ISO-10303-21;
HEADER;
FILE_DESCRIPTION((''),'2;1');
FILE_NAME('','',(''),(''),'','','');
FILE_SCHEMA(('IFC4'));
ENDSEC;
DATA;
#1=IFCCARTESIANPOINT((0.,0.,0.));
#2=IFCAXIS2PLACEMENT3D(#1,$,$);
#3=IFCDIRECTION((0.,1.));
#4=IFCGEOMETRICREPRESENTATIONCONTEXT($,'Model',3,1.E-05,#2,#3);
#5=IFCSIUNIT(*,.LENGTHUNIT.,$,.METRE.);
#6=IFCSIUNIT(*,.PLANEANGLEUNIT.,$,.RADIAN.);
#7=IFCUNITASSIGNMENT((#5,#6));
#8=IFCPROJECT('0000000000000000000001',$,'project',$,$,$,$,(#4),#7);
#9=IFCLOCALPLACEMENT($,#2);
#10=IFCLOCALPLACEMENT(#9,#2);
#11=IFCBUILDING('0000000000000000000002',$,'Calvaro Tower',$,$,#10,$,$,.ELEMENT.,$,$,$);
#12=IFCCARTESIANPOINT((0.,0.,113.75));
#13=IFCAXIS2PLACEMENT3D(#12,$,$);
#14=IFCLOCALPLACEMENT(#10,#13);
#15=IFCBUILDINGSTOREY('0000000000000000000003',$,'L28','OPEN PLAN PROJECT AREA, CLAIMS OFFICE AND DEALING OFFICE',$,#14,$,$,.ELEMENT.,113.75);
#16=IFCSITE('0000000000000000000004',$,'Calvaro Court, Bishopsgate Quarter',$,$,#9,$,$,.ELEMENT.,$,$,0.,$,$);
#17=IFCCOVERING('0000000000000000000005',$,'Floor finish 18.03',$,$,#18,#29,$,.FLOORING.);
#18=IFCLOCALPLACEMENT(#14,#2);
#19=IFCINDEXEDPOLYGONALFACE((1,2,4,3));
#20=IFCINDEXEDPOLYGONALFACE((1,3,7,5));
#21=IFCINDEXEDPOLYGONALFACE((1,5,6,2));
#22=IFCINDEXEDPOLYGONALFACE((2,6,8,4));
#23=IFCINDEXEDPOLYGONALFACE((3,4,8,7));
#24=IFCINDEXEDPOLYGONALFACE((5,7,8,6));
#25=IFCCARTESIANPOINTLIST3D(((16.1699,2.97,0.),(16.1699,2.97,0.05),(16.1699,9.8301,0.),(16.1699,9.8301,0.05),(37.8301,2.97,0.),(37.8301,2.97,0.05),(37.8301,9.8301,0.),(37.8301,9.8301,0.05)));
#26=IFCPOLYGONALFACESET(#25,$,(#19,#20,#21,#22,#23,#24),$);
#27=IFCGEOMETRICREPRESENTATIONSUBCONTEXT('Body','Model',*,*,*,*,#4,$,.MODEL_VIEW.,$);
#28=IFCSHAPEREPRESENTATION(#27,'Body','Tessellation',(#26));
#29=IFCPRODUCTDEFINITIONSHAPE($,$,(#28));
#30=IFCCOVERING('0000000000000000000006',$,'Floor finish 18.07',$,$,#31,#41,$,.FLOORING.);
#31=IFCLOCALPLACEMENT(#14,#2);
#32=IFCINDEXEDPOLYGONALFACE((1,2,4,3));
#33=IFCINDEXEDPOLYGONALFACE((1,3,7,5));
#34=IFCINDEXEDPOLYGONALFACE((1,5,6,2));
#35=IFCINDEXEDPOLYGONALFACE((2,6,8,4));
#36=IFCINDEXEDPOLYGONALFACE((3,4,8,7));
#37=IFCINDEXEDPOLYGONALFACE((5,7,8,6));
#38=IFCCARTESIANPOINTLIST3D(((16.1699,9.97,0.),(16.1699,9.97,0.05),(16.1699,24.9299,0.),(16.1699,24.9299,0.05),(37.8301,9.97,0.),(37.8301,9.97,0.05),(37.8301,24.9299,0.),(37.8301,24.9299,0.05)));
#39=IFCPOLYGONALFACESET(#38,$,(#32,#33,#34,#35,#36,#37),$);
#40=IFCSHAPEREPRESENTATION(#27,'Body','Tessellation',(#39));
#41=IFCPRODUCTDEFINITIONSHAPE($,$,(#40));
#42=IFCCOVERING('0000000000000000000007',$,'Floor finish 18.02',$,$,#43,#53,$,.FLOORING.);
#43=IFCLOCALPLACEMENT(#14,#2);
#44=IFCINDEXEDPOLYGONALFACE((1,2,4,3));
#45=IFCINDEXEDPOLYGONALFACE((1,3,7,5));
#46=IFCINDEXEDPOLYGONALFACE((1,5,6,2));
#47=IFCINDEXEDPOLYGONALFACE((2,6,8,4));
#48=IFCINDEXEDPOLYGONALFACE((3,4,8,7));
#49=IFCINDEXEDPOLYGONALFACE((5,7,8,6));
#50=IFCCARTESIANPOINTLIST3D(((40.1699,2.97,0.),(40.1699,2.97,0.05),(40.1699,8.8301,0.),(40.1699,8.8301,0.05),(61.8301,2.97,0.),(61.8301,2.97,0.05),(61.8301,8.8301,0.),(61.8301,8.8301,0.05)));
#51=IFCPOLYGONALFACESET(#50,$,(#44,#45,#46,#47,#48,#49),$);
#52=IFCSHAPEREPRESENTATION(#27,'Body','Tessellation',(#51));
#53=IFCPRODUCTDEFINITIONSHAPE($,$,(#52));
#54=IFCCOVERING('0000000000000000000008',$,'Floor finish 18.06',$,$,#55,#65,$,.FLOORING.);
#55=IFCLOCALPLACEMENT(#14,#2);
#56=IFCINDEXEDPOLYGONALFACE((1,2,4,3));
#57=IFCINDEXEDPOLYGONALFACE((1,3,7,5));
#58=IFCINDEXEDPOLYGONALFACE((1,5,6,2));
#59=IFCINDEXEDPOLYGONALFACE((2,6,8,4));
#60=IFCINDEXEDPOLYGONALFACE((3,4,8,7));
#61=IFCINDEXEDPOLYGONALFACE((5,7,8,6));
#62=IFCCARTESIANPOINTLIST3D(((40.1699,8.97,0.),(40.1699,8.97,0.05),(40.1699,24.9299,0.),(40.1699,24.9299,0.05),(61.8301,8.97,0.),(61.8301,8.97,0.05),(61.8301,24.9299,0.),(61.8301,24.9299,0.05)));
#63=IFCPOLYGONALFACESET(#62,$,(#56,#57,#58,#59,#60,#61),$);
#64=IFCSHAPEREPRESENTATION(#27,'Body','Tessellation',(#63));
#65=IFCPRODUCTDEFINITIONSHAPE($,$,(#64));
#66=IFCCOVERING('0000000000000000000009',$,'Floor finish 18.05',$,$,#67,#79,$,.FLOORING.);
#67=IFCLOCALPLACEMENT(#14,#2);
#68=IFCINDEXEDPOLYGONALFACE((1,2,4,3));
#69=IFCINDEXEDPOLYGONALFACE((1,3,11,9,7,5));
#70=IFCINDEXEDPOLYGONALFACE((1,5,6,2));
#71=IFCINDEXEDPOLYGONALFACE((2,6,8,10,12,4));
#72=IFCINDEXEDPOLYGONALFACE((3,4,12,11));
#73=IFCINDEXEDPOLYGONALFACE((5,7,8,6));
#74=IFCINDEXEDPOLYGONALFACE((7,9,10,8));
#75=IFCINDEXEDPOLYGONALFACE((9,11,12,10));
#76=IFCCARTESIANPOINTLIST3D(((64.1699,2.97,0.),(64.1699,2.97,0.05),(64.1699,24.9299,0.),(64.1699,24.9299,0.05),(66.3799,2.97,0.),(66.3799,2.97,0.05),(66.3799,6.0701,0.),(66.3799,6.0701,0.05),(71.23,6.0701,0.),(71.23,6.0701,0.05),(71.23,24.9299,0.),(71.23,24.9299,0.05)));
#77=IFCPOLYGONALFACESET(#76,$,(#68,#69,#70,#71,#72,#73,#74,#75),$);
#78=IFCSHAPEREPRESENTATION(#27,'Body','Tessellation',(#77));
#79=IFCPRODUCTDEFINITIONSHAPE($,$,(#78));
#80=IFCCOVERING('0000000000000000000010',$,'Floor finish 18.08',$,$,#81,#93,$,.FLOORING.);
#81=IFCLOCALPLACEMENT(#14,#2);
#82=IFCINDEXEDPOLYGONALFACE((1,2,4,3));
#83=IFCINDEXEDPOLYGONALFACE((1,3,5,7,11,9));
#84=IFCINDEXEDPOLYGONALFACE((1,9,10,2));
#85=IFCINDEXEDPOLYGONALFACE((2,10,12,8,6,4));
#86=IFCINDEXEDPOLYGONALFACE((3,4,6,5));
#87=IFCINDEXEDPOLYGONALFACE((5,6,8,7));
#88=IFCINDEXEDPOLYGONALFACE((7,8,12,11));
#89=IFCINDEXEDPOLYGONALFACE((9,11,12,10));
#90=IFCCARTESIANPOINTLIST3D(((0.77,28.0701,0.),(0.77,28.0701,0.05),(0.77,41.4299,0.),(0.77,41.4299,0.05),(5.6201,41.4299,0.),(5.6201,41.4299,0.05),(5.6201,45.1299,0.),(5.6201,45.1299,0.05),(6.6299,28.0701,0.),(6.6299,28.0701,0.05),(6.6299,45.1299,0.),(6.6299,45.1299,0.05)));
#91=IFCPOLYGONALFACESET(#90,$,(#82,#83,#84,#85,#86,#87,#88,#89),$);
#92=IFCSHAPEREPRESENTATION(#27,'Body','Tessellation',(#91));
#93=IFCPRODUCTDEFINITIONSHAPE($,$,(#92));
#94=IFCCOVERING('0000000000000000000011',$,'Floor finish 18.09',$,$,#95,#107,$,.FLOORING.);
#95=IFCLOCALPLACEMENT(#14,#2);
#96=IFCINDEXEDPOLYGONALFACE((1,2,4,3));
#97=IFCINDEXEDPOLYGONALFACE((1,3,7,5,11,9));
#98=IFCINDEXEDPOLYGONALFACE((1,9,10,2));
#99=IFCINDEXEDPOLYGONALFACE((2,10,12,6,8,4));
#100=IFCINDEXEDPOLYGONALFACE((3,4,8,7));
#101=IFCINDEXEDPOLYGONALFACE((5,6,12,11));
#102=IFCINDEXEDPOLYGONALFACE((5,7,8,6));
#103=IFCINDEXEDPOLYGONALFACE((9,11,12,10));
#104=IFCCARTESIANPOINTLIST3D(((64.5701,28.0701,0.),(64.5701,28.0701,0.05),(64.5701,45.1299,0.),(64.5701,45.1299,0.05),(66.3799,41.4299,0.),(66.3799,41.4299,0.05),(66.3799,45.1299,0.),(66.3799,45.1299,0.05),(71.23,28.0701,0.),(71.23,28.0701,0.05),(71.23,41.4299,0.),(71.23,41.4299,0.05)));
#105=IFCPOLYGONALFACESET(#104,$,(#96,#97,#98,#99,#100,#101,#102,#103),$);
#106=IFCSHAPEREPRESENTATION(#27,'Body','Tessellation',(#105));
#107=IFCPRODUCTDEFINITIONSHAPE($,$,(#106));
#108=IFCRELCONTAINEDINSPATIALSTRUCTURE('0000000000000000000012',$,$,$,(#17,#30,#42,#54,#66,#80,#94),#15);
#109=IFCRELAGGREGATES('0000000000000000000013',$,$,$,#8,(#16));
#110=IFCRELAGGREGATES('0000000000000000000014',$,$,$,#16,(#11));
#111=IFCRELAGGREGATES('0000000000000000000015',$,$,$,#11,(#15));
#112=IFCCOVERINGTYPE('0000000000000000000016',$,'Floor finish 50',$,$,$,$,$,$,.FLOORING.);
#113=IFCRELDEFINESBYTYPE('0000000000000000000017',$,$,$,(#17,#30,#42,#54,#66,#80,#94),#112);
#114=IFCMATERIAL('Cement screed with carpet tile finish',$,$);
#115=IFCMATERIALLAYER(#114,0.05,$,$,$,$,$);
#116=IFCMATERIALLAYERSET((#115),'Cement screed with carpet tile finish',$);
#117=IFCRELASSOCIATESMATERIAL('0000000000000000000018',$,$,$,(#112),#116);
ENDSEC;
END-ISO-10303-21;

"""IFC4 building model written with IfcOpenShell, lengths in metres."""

from ifc_helpers import new_model, si_unit, direction, frame, origin, place, context, subcontext, project, spatial, polyline, outline, extrude, material, layer, layer_set, type_object, element, save


model = new_model("IFC4")

# Units and contexts
model_context = context("Model", 3, precision=1e-05, world=origin(), true_north=direction((0.0, 1.0)))
body_context = subcontext(model_context, "Body", "Model", "MODEL_VIEW")
ifc_project = project(units=[si_unit("LENGTHUNIT", "METRE"), si_unit("PLANEANGLEUNIT", "RADIAN")], contexts=[model_context])

# Site, building, storey
site_placement = place(None, origin())
site = spatial("IfcSite", under=ifc_project, at=site_placement, Name="Calvaro Court, Bishopsgate Quarter", CompositionType="ELEMENT", RefElevation=0.0)
building_placement = place(site_placement, origin())
building = spatial("IfcBuilding", under=site, at=building_placement, Name="Calvaro Tower", CompositionType="ELEMENT")
storey_placement = place(building_placement, frame((0.0, 0.0, 113.75)))
storey = spatial("IfcBuildingStorey", under=building, at=storey_placement, Name="L28", Description="OPEN PLAN PROJECT AREA, CLAIMS OFFICE AND DEALING OFFICE", CompositionType="ELEMENT", Elevation=113.75)

# Coverings
ifc_material_1 = material(Name="Cement screed with carpet tile finish")
ifc_layer_1 = layer(ifc_material_1, 0.05)
ifc_layer_set_1 = layer_set([ifc_layer_1], Name="Cement screed with carpet tile finish")
covering_type = type_object("IfcCoveringType", Name="Floor finish 50", PredefinedType="FLOORING", material=ifc_layer_set_1)
covering_1_placement = place(storey_placement, origin())
element("IfcCovering", 1, at=covering_1_placement, inside=storey, type_object=covering_type, Name="Floor finish 18.03", PredefinedType="FLOORING", context=body_context, shape_type="SweptSolid", body=[
    extrude(outline(polyline([(16.1699, 9.8301), (37.8301, 9.8301), (37.8301, 2.97), (16.1699, 2.97), (16.1699, 9.8301)])), origin(), (0.0, 0.0, 1.0), 0.05),
])
covering_2_placement = place(storey_placement, origin())
element("IfcCovering", 2, at=covering_2_placement, inside=storey, type_object=covering_type, Name="Floor finish 18.07", PredefinedType="FLOORING", context=body_context, shape_type="SweptSolid", body=[
    extrude(outline(polyline([(16.1699, 9.97), (16.1699, 24.9299), (37.8301, 24.9299), (37.8301, 9.97), (16.1699, 9.97)])), origin(), (0.0, 0.0, 1.0), 0.05),
])
covering_3_placement = place(storey_placement, origin())
element("IfcCovering", 3, at=covering_3_placement, inside=storey, type_object=covering_type, Name="Floor finish 18.02", PredefinedType="FLOORING", context=body_context, shape_type="SweptSolid", body=[
    extrude(outline(polyline([(40.1699, 8.8301), (61.8301, 8.8301), (61.8301, 2.97), (40.1699, 2.97), (40.1699, 8.8301)])), origin(), (0.0, 0.0, 1.0), 0.05),
])
covering_4_placement = place(storey_placement, origin())
element("IfcCovering", 4, at=covering_4_placement, inside=storey, type_object=covering_type, Name="Floor finish 18.06", PredefinedType="FLOORING", context=body_context, shape_type="SweptSolid", body=[
    extrude(outline(polyline([(40.1699, 8.97), (40.1699, 24.9299), (61.8301, 24.9299), (61.8301, 8.97), (40.1699, 8.97)])), origin(), (0.0, 0.0, 1.0), 0.05),
])
covering_5_placement = place(storey_placement, origin())
element("IfcCovering", 5, at=covering_5_placement, inside=storey, type_object=covering_type, Name="Floor finish 18.05", PredefinedType="FLOORING", context=body_context, shape_type="SweptSolid", body=[
    extrude(outline(polyline([(71.23, 6.0701), (66.3799, 6.0701), (66.3799, 2.97), (64.1699, 2.97), (64.1699, 24.9299), (71.23, 24.9299), (71.23, 6.0701)])), origin(), (0.0, 0.0, 1.0), 0.05),
])
covering_6_placement = place(storey_placement, origin())
element("IfcCovering", 6, at=covering_6_placement, inside=storey, type_object=covering_type, Name="Floor finish 18.08", PredefinedType="FLOORING", context=body_context, shape_type="SweptSolid", body=[
    extrude(outline(polyline([(6.6299, 28.0701), (0.77, 28.0701), (0.77, 41.4299), (5.6201, 41.4299), (5.6201, 45.1299), (6.6299, 45.1299), (6.6299, 28.0701)])), origin(), (0.0, 0.0, 1.0), 0.05),
])
covering_7_placement = place(storey_placement, origin())
element("IfcCovering", 7, at=covering_7_placement, inside=storey, type_object=covering_type, Name="Floor finish 18.09", PredefinedType="FLOORING", context=body_context, shape_type="SweptSolid", body=[
    extrude(outline(polyline([(71.23, 28.0701), (64.5701, 28.0701), (64.5701, 45.1299), (66.3799, 45.1299), (66.3799, 41.4299), (71.23, 41.4299), (71.23, 28.0701)])), origin(), (0.0, 0.0, 1.0), 0.05),
])

save(model, "model.ifc")
